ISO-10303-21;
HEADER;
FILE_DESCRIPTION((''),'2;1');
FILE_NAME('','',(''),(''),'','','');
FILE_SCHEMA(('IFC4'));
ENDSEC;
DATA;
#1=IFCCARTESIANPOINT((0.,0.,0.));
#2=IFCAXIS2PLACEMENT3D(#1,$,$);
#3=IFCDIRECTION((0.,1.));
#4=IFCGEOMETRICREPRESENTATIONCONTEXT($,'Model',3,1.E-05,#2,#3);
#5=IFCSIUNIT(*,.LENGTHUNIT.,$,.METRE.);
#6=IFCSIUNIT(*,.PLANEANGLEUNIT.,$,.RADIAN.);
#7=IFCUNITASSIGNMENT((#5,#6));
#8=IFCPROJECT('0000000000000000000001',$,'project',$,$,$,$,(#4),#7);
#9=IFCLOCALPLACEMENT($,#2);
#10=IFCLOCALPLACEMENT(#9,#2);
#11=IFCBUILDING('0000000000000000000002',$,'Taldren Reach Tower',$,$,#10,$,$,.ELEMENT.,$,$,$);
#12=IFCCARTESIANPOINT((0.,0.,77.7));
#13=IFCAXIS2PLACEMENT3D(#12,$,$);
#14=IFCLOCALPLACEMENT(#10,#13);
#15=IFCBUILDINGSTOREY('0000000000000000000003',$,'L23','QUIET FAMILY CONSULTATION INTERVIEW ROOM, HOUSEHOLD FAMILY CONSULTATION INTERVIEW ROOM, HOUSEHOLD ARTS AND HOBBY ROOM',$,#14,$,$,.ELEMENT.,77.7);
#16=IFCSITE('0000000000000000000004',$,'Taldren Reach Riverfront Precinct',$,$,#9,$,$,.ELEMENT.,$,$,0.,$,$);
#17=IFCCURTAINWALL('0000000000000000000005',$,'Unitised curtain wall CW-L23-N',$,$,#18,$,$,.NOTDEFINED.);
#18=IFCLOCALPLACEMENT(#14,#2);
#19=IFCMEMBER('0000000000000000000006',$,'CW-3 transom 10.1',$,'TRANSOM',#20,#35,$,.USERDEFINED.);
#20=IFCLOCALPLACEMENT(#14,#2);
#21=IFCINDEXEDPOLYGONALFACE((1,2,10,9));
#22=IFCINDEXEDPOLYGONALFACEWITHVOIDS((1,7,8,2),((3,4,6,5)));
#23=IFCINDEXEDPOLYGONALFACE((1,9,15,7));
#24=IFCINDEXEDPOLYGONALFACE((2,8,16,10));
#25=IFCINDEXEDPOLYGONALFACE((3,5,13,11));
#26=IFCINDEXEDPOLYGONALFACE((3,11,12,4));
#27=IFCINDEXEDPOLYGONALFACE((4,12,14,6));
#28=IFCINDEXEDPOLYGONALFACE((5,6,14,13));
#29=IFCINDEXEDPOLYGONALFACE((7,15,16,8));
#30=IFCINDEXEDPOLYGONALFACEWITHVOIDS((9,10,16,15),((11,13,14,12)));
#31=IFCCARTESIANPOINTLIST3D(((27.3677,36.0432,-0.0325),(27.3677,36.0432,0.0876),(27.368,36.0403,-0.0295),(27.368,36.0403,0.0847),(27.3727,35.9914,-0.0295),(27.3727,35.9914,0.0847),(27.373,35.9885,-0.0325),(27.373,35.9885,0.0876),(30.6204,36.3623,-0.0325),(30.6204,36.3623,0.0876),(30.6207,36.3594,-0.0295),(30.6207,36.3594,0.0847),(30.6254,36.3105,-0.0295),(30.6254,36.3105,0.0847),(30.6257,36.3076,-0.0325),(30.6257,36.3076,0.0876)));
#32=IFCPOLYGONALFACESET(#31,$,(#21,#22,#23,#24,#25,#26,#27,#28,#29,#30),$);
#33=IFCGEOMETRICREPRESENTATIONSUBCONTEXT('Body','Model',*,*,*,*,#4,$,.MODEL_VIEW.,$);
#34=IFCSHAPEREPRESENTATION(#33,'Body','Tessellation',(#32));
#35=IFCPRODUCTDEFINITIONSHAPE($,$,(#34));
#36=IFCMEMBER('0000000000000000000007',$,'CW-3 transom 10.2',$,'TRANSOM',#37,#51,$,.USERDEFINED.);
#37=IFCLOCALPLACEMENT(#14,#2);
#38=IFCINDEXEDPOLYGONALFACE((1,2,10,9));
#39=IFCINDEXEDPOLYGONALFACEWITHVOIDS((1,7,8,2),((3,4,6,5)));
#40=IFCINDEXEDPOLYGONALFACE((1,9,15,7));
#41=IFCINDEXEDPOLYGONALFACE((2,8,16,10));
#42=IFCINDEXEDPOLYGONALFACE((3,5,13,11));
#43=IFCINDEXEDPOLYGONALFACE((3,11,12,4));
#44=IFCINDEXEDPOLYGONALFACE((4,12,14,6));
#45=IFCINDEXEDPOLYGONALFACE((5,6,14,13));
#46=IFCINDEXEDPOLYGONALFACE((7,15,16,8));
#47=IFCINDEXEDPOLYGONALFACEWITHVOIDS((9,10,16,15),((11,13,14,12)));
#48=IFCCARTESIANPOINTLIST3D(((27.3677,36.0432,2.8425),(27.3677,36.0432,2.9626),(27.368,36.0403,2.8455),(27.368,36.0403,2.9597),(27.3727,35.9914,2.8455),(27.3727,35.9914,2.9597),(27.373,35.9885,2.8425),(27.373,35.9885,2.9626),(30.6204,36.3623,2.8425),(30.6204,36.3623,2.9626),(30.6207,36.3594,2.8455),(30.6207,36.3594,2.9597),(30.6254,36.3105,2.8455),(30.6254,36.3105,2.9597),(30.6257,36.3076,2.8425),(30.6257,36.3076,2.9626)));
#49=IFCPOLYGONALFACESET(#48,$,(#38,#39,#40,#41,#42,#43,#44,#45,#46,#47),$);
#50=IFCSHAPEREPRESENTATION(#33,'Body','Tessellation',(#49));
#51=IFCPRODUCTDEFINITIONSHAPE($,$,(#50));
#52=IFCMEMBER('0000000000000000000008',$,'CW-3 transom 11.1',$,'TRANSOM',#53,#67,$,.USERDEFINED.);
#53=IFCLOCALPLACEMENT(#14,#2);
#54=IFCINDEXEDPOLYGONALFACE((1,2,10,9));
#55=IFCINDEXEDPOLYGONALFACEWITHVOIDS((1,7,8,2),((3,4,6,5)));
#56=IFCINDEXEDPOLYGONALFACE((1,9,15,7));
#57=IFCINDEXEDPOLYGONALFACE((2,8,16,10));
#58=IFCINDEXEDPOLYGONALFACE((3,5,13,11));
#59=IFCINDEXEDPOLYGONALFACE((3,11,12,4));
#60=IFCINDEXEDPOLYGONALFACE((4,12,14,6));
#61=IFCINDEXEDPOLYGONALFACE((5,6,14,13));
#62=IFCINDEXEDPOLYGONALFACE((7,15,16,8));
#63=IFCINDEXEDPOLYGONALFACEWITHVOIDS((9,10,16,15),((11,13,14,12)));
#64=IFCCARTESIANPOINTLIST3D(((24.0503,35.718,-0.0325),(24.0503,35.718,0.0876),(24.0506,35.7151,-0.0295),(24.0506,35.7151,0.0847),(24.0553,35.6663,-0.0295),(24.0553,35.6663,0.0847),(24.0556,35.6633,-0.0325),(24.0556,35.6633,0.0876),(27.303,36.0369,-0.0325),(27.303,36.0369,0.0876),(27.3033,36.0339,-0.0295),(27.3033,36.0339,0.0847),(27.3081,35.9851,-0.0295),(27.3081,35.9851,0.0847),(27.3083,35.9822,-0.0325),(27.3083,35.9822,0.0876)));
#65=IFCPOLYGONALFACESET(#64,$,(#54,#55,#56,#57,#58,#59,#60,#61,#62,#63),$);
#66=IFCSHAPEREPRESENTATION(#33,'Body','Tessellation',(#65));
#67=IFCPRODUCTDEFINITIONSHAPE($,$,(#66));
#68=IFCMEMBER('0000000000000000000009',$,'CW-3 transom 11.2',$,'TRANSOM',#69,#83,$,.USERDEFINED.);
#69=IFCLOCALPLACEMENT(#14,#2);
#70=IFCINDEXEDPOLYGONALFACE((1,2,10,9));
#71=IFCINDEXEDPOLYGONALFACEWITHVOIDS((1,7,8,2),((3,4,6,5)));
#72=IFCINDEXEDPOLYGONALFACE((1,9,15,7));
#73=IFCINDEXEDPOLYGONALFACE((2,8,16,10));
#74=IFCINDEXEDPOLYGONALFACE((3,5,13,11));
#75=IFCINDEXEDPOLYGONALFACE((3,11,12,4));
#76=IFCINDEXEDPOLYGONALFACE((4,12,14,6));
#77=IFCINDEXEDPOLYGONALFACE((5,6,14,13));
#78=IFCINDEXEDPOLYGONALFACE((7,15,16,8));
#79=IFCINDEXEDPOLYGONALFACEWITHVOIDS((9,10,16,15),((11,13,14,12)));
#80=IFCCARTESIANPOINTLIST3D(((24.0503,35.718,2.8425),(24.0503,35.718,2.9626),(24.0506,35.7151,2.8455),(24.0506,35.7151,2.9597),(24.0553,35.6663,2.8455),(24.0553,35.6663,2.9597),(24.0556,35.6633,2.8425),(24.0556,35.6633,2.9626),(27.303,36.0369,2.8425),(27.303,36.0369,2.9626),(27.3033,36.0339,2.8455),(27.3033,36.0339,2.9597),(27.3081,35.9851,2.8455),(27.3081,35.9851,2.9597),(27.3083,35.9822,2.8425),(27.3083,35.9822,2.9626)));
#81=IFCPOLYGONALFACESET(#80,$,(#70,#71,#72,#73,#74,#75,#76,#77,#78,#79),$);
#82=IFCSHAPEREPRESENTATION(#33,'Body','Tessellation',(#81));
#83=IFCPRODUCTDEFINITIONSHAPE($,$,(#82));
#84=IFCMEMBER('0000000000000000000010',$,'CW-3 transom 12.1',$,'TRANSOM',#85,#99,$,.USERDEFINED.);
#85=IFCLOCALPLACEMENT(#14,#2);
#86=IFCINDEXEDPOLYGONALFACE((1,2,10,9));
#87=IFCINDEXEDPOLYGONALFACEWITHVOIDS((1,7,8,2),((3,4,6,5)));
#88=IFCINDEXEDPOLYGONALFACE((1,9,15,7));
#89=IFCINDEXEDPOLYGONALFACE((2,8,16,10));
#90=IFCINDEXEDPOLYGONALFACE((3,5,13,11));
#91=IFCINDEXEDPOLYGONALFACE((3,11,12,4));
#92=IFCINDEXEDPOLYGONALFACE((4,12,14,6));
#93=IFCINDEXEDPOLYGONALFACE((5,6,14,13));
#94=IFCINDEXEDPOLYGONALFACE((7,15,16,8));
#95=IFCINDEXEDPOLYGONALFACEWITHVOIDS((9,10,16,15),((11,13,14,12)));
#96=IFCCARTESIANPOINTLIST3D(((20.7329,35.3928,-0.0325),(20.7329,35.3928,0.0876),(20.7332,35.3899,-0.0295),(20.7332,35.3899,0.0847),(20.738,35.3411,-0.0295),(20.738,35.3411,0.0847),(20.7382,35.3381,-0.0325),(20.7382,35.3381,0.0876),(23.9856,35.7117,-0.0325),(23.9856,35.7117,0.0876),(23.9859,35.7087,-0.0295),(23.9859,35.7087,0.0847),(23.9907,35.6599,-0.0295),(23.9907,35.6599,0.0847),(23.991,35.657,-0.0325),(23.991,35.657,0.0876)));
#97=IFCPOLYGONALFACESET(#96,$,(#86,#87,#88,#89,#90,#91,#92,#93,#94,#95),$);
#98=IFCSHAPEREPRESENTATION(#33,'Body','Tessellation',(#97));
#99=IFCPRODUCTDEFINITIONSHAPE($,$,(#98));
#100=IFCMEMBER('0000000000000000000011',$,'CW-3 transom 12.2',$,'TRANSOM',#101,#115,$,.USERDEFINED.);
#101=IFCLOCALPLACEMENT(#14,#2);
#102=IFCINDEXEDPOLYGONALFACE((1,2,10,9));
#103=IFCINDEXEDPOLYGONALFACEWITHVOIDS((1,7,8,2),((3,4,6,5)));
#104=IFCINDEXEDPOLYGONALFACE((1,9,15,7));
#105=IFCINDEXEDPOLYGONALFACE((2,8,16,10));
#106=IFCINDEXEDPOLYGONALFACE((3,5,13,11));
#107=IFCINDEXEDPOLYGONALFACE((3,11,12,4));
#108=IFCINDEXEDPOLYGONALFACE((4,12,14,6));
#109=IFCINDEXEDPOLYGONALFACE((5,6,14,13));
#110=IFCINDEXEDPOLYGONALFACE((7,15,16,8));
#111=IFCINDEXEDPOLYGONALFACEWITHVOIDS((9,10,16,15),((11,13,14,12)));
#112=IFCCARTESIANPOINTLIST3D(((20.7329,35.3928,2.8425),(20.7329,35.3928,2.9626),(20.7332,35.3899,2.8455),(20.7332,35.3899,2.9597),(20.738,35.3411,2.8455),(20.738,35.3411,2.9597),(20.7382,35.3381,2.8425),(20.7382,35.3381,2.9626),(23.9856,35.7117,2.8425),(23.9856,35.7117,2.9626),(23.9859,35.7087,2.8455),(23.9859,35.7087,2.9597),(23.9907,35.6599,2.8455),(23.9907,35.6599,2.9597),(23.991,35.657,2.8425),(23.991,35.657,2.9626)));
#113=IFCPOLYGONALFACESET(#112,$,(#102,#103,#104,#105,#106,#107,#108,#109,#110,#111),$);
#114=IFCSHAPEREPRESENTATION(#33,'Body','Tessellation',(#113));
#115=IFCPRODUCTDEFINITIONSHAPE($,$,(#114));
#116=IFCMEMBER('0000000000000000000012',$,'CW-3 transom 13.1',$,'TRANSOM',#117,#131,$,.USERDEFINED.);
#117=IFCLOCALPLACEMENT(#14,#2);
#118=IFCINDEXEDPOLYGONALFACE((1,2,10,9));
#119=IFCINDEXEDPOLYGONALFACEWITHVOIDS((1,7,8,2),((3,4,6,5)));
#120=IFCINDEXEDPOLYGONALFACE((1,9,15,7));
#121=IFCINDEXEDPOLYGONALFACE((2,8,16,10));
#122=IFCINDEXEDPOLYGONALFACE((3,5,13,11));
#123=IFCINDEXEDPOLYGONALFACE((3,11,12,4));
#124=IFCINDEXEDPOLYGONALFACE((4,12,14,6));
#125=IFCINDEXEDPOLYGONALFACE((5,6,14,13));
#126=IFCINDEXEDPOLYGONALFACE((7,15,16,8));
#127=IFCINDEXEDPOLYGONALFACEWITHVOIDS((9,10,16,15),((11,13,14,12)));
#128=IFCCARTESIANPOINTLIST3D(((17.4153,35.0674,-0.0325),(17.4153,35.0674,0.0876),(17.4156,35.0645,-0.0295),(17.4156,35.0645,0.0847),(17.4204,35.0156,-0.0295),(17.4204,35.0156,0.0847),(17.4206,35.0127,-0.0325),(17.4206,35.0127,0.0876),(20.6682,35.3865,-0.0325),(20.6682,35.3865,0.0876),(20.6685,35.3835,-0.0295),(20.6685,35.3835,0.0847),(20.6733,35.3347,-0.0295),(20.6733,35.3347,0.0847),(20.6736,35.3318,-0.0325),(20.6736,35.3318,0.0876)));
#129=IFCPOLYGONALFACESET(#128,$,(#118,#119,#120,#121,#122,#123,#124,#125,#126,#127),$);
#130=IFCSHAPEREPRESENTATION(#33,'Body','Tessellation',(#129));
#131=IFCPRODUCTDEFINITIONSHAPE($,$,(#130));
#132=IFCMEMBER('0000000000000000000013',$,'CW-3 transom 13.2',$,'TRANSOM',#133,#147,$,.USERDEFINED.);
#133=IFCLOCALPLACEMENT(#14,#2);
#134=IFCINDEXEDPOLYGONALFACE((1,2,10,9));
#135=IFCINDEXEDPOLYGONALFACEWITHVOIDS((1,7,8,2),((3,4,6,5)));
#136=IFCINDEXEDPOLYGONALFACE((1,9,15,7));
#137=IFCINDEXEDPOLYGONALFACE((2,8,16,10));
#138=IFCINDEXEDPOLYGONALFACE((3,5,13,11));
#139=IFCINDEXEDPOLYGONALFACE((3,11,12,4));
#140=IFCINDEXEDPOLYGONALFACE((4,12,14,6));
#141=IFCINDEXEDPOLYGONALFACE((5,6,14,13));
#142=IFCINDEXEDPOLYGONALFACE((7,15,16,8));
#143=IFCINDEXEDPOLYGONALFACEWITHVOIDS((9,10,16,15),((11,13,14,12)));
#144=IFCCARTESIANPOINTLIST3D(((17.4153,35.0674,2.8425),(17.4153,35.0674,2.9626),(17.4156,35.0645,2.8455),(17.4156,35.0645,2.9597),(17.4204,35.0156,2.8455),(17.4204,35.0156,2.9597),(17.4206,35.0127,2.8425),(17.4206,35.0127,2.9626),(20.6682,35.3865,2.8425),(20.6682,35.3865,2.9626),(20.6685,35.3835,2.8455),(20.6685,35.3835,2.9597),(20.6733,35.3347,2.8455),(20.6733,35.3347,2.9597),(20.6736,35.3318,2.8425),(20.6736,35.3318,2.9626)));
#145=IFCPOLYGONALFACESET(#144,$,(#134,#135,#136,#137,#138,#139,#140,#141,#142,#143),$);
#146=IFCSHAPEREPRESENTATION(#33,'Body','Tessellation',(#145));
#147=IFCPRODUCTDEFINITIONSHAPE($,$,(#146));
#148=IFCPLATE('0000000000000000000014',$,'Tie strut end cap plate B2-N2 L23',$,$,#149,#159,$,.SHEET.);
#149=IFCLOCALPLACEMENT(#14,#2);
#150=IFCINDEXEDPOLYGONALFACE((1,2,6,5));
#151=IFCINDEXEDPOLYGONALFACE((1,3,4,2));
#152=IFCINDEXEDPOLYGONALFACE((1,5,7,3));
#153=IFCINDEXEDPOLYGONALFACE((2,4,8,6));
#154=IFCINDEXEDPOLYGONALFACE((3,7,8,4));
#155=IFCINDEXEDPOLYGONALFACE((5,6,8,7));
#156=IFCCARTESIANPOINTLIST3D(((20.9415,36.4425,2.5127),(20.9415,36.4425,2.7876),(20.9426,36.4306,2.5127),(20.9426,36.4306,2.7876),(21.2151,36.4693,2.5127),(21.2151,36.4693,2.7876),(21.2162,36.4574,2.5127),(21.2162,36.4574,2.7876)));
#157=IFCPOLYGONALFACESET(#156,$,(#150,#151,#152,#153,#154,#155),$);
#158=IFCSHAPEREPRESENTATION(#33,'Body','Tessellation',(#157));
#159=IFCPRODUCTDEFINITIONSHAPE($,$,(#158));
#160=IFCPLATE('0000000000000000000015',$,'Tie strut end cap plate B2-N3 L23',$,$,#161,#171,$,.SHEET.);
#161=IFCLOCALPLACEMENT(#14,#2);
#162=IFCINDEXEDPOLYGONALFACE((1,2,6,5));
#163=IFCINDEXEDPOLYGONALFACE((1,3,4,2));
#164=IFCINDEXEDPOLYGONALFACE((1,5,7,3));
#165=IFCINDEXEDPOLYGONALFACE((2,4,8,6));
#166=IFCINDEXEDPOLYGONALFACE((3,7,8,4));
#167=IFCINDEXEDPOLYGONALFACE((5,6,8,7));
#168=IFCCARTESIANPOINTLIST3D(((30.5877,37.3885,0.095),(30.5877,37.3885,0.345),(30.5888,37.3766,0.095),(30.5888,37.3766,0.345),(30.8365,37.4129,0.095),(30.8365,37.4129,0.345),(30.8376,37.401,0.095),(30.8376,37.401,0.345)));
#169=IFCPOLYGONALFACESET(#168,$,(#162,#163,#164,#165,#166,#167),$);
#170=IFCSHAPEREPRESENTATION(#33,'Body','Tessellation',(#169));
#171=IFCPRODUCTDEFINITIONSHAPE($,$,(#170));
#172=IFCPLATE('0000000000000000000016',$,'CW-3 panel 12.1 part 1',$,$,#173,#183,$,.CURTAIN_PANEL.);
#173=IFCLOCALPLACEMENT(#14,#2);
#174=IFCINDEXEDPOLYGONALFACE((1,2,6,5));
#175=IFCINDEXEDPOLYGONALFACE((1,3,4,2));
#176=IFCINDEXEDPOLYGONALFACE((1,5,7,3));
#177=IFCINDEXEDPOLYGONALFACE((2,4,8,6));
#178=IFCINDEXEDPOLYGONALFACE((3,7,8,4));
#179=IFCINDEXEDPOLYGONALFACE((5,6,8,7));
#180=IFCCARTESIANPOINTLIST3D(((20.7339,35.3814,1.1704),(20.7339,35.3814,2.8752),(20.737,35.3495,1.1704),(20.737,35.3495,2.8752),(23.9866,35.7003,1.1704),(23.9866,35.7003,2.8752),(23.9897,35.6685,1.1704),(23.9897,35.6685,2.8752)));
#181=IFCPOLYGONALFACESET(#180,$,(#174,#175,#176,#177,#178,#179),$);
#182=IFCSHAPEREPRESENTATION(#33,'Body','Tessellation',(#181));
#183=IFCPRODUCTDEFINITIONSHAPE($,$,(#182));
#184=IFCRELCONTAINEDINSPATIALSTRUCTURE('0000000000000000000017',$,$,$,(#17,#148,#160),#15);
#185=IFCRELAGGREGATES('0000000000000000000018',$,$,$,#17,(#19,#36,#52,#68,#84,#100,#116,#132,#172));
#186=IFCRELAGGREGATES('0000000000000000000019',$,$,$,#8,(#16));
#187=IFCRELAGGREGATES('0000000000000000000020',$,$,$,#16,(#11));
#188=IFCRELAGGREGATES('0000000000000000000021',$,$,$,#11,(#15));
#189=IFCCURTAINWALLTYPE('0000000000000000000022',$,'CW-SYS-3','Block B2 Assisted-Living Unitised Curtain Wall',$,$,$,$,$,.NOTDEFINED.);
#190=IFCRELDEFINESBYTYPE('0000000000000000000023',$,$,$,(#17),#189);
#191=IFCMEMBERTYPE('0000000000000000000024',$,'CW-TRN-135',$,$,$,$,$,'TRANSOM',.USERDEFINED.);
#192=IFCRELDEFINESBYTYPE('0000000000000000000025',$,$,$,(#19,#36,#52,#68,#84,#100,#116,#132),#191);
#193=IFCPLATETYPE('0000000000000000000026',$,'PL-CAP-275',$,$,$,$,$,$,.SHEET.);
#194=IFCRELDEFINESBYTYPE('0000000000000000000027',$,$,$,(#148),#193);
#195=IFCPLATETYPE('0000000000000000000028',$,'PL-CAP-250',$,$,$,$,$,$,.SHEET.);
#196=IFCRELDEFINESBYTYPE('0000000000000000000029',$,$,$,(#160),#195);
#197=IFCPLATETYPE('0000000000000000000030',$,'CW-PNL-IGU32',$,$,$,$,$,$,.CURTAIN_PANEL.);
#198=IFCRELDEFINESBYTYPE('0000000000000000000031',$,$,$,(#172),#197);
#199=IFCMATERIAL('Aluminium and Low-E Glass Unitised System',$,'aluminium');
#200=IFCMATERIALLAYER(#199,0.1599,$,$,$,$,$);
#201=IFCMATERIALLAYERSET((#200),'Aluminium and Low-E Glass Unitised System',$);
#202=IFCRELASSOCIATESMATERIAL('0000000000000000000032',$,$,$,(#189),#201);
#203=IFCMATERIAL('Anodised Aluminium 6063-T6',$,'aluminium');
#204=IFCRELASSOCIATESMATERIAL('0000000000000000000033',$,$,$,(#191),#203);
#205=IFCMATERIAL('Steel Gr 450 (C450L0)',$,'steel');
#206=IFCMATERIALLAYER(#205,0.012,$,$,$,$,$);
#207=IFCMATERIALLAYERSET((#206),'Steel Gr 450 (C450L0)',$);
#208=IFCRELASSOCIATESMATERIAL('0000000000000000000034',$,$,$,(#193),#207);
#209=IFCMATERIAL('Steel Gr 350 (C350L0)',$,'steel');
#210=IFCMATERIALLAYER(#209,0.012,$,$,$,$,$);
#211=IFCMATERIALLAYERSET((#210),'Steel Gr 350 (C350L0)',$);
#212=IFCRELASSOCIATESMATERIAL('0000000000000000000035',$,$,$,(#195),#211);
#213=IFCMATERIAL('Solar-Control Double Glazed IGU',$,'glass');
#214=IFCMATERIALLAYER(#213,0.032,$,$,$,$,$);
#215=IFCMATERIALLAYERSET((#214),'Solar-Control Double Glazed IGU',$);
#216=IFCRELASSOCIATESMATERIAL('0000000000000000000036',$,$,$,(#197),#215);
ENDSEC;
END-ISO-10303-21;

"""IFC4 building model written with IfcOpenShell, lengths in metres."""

from ifc_helpers import new_model, si_unit, direction, frame, origin, origin_2d, place, context, subcontext, project, spatial, rectangle, hollow_rectangle, extrude, source, transform, mapped, material, layer, layer_set, material_profile, profile_set, type_object, element, aggregate, save


model = new_model("IFC4")

# Units and contexts
model_context = context("Model", 3, precision=1e-05, world=origin(), true_north=direction((0.0, 1.0)))
body_context = subcontext(model_context, "Body", "Model", "MODEL_VIEW")
ifc_project = project(units=[si_unit("LENGTHUNIT", "METRE"), si_unit("PLANEANGLEUNIT", "RADIAN")], contexts=[model_context])

# Site, building, storey
site_placement = place(None, origin())
site = spatial("IfcSite", under=ifc_project, at=site_placement, Name="Taldren Reach Riverfront Precinct", CompositionType="ELEMENT", RefElevation=0.0)
building_placement = place(site_placement, origin())
building = spatial("IfcBuilding", under=site, at=building_placement, Name="Taldren Reach Tower", CompositionType="ELEMENT")
storey_placement = place(building_placement, frame((0.0, 0.0, 77.7)))
storey = spatial("IfcBuildingStorey", under=building, at=storey_placement, Name="L23", Description="QUIET FAMILY CONSULTATION INTERVIEW ROOM, HOUSEHOLD FAMILY CONSULTATION INTERVIEW ROOM, HOUSEHOLD ARTS AND HOBBY ROOM", CompositionType="ELEMENT", Elevation=77.7)

# Shared definitions
ifc_material_1 = material(Name="Steel Gr 450 (C450L0)", Category="steel")
ifc_material_2 = material(Name="Steel Gr 350 (C350L0)", Category="steel")

# Curtain wall, members
ifc_material_3 = material(Name="Aluminium and Low-E Glass Unitised System", Category="aluminium")
ifc_layer_1 = layer(ifc_material_3, 0.1599)
ifc_layer_set_1 = layer_set([ifc_layer_1], Name="Aluminium and Low-E Glass Unitised System")
curtain_wall_type = type_object("IfcCurtainWallType", Name="CW-SYS-3", Description="Block B2 Assisted-Living Unitised Curtain Wall", PredefinedType="NOTDEFINED", material=ifc_layer_set_1)
curtain_wall_placement = place(storey_placement, origin())
curtain_wall = element("IfcCurtainWall", 1, at=curtain_wall_placement, inside=storey, type_object=curtain_wall_type, Name="Unitised curtain wall CW-L23-N", PredefinedType="NOTDEFINED")
ifc_material_4 = material(Name="Anodised Aluminium 6063-T6", Category="aluminium")
ifc_material_profile_1 = material_profile(ifc_material_4, hollow_rectangle(XDim=0.0549, YDim=0.1201, WallThickness=0.0029, at=origin_2d()), Name="ALU-120x55x3RHS")
ifc_profile_set_1 = profile_set([ifc_material_profile_1], Name="Anodised Aluminium 6063-T6")
member_type_1 = type_object("IfcMemberType", Name="CW-TRN-135", ElementType="TRANSOM", PredefinedType="USERDEFINED", material=ifc_profile_set_1)
shared_shape_1 = source(origin(), body_context, "Body", "SweptSolid", [
    extrude(hollow_rectangle(XDim=0.0549, YDim=0.1201, WallThickness=0.0029, at=origin_2d()), origin(), (0.0, 0.0, 1.0), 3.2683),
])
member_1_placement = place(storey_placement, frame((30.623, 36.335, 0.0276), z_axis=(-0.995223, -0.097632, 0.0), x_axis=(0.097632, -0.995223, 0.0)))
member_1 = element("IfcMember", 2, at=member_1_placement, type_object=member_type_1, Name="CW-3 transom 10.1", ObjectType="TRANSOM", PredefinedType="USERDEFINED", context=body_context, shape_type="MappedRepresentation", body=[
    mapped(shared_shape_1, transform((0.0, 0.0, 0.0), scale=1.0)),
])
member_2_placement = place(storey_placement, frame((30.623, 36.335, 2.9026), z_axis=(-0.995223, -0.097632, 0.0), x_axis=(0.097632, -0.995223, 0.0)))
member_2 = element("IfcMember", 3, at=member_2_placement, type_object=member_type_1, Name="CW-3 transom 10.2", ObjectType="TRANSOM", PredefinedType="USERDEFINED", context=body_context, shape_type="MappedRepresentation", body=[
    mapped(shared_shape_1, transform((0.0, 0.0, 0.0), scale=1.0)),
])
member_3_placement = place(storey_placement, frame((27.3057, 36.0095, 0.0276), z_axis=(-0.99523, -0.097558, 0.0), x_axis=(0.097558, -0.99523, 0.0)))
member_3 = element("IfcMember", 4, at=member_3_placement, type_object=member_type_1, Name="CW-3 transom 11.1", ObjectType="TRANSOM", PredefinedType="USERDEFINED", context=body_context, shape_type="MappedRepresentation", body=[
    mapped(shared_shape_1, transform((0.0, 0.0, 0.0), scale=1.0)),
])
member_4_placement = place(storey_placement, frame((27.3057, 36.0095, 2.9026), z_axis=(-0.99523, -0.097558, 0.0), x_axis=(0.097558, -0.99523, 0.0)))
member_4 = element("IfcMember", 5, at=member_4_placement, type_object=member_type_1, Name="CW-3 transom 11.2", ObjectType="TRANSOM", PredefinedType="USERDEFINED", context=body_context, shape_type="MappedRepresentation", body=[
    mapped(shared_shape_1, transform((0.0, 0.0, 0.0), scale=1.0)),
])
member_5_placement = place(storey_placement, frame((23.9883, 35.6843, 0.0276), z_axis=(-0.99523, -0.097558, 0.0), x_axis=(0.097558, -0.99523, 0.0)))
member_5 = element("IfcMember", 6, at=member_5_placement, type_object=member_type_1, Name="CW-3 transom 12.1", ObjectType="TRANSOM", PredefinedType="USERDEFINED", context=body_context, shape_type="MappedRepresentation", body=[
    mapped(shared_shape_1, transform((0.0, 0.0, 0.0), scale=1.0)),
])
member_6_placement = place(storey_placement, frame((23.9883, 35.6843, 2.9026), z_axis=(-0.99523, -0.097558, 0.0), x_axis=(0.097558, -0.99523, 0.0)))
member_6 = element("IfcMember", 7, at=member_6_placement, type_object=member_type_1, Name="CW-3 transom 12.2", ObjectType="TRANSOM", PredefinedType="USERDEFINED", context=body_context, shape_type="MappedRepresentation", body=[
    mapped(shared_shape_1, transform((0.0, 0.0, 0.0), scale=1.0)),
])
shared_shape_2 = source(origin(), body_context, "Body", "SweptSolid", [
    extrude(hollow_rectangle(XDim=0.0549, YDim=0.1201, WallThickness=0.0029, at=origin_2d()), origin(), (0.0, 0.0, 1.0), 3.2686),
])
member_7_placement = place(storey_placement, frame((20.6709, 35.3591, 0.0276), z_axis=(-0.995223, -0.097625, 0.0), x_axis=(0.097625, -0.995223, 0.0)))
member_7 = element("IfcMember", 8, at=member_7_placement, type_object=member_type_1, Name="CW-3 transom 13.1", ObjectType="TRANSOM", PredefinedType="USERDEFINED", context=body_context, shape_type="MappedRepresentation", body=[
    mapped(shared_shape_2, transform((0.0, 0.0, 0.0), scale=1.0)),
])
member_8_placement = place(storey_placement, frame((20.6709, 35.3591, 2.9026), z_axis=(-0.995223, -0.097625, 0.0), x_axis=(0.097625, -0.995223, 0.0)))
member_8 = element("IfcMember", 9, at=member_8_placement, type_object=member_type_1, Name="CW-3 transom 13.2", ObjectType="TRANSOM", PredefinedType="USERDEFINED", context=body_context, shape_type="MappedRepresentation", body=[
    mapped(shared_shape_2, transform((0.0, 0.0, 0.0), scale=1.0)),
])

# Plates
ifc_layer_2 = layer(ifc_material_1, 0.012)
ifc_layer_set_2 = layer_set([ifc_layer_2], Name="Steel Gr 450 (C450L0)")
plate_type_1 = type_object("IfcPlateType", Name="PL-CAP-275", PredefinedType="SHEET", material=ifc_layer_set_2)
shared_shape_3 = source(origin(), body_context, "Body", "SweptSolid", [
    extrude(rectangle(XDim=0.2749, YDim=0.012, at=origin_2d()), origin(), (0.0, 0.0, 1.0), 0.2749),
])
plate_1_placement = place(storey_placement, frame((21.0789, 36.45, 2.5127), z_axis=(0.0, 0.0, 1.0), x_axis=(0.995227, 0.097583, 0.0)))
element("IfcPlate", 10, at=plate_1_placement, inside=storey, type_object=plate_type_1, Name="Tie strut end cap plate B2-N2 L23", PredefinedType="SHEET", context=body_context, shape_type="MappedRepresentation", body=[
    mapped(shared_shape_3, transform((0.0, 0.0, 0.0), scale=1.0)),
])
ifc_layer_3 = layer(ifc_material_2, 0.012)
ifc_layer_set_3 = layer_set([ifc_layer_3], Name="Steel Gr 350 (C350L0)")
plate_type_2 = type_object("IfcPlateType", Name="PL-CAP-250", PredefinedType="SHEET", material=ifc_layer_set_3)
shared_shape_4 = source(origin(), body_context, "Body", "SweptSolid", [
    extrude(rectangle(XDim=0.25, YDim=0.012, at=origin_2d()), origin(), (0.0, 0.0, 1.0), 0.25),
])
plate_2_placement = place(storey_placement, frame((30.7126, 37.3948, 0.095), z_axis=(0.0, 0.0, 1.0), x_axis=(0.995227, 0.097583, 0.0)))
element("IfcPlate", 11, at=plate_2_placement, inside=storey, type_object=plate_type_2, Name="Tie strut end cap plate B2-N3 L23", PredefinedType="SHEET", context=body_context, shape_type="MappedRepresentation", body=[
    mapped(shared_shape_4, transform((0.0, 0.0, 0.0), scale=1.0)),
])

# Plate
ifc_material_5 = material(Name="Solar-Control Double Glazed IGU", Category="glass")
ifc_layer_4 = layer(ifc_material_5, 0.032)
ifc_layer_set_4 = layer_set([ifc_layer_4], Name="Solar-Control Double Glazed IGU")
plate_type_3 = type_object("IfcPlateType", Name="CW-PNL-IGU32", PredefinedType="CURTAIN_PANEL", material=ifc_layer_set_4)
shared_shape_5 = source(origin(), body_context, "Body", "SweptSolid", [
    extrude(rectangle(XDim=3.2683, YDim=0.032, at=origin_2d()), origin(), (0.0, 0.0, 1.0), 1.7048),
])
plate_3_placement = place(storey_placement, frame((22.3618, 35.5249, 1.1704), z_axis=(0.0, 0.0, 1.0), x_axis=(-0.995227, -0.097583, 0.0)))
plate_3 = element("IfcPlate", 12, at=plate_3_placement, type_object=plate_type_3, Name="CW-3 panel 12.1 part 1", PredefinedType="CURTAIN_PANEL", context=body_context, shape_type="MappedRepresentation", body=[
    mapped(shared_shape_5, transform((0.0, 0.0, 0.0), scale=1.0)),
])
aggregate(curtain_wall, [member_1, member_2, member_3, member_4, member_5, member_6, member_7, member_8, plate_3])

save(model, "model.ifc")
